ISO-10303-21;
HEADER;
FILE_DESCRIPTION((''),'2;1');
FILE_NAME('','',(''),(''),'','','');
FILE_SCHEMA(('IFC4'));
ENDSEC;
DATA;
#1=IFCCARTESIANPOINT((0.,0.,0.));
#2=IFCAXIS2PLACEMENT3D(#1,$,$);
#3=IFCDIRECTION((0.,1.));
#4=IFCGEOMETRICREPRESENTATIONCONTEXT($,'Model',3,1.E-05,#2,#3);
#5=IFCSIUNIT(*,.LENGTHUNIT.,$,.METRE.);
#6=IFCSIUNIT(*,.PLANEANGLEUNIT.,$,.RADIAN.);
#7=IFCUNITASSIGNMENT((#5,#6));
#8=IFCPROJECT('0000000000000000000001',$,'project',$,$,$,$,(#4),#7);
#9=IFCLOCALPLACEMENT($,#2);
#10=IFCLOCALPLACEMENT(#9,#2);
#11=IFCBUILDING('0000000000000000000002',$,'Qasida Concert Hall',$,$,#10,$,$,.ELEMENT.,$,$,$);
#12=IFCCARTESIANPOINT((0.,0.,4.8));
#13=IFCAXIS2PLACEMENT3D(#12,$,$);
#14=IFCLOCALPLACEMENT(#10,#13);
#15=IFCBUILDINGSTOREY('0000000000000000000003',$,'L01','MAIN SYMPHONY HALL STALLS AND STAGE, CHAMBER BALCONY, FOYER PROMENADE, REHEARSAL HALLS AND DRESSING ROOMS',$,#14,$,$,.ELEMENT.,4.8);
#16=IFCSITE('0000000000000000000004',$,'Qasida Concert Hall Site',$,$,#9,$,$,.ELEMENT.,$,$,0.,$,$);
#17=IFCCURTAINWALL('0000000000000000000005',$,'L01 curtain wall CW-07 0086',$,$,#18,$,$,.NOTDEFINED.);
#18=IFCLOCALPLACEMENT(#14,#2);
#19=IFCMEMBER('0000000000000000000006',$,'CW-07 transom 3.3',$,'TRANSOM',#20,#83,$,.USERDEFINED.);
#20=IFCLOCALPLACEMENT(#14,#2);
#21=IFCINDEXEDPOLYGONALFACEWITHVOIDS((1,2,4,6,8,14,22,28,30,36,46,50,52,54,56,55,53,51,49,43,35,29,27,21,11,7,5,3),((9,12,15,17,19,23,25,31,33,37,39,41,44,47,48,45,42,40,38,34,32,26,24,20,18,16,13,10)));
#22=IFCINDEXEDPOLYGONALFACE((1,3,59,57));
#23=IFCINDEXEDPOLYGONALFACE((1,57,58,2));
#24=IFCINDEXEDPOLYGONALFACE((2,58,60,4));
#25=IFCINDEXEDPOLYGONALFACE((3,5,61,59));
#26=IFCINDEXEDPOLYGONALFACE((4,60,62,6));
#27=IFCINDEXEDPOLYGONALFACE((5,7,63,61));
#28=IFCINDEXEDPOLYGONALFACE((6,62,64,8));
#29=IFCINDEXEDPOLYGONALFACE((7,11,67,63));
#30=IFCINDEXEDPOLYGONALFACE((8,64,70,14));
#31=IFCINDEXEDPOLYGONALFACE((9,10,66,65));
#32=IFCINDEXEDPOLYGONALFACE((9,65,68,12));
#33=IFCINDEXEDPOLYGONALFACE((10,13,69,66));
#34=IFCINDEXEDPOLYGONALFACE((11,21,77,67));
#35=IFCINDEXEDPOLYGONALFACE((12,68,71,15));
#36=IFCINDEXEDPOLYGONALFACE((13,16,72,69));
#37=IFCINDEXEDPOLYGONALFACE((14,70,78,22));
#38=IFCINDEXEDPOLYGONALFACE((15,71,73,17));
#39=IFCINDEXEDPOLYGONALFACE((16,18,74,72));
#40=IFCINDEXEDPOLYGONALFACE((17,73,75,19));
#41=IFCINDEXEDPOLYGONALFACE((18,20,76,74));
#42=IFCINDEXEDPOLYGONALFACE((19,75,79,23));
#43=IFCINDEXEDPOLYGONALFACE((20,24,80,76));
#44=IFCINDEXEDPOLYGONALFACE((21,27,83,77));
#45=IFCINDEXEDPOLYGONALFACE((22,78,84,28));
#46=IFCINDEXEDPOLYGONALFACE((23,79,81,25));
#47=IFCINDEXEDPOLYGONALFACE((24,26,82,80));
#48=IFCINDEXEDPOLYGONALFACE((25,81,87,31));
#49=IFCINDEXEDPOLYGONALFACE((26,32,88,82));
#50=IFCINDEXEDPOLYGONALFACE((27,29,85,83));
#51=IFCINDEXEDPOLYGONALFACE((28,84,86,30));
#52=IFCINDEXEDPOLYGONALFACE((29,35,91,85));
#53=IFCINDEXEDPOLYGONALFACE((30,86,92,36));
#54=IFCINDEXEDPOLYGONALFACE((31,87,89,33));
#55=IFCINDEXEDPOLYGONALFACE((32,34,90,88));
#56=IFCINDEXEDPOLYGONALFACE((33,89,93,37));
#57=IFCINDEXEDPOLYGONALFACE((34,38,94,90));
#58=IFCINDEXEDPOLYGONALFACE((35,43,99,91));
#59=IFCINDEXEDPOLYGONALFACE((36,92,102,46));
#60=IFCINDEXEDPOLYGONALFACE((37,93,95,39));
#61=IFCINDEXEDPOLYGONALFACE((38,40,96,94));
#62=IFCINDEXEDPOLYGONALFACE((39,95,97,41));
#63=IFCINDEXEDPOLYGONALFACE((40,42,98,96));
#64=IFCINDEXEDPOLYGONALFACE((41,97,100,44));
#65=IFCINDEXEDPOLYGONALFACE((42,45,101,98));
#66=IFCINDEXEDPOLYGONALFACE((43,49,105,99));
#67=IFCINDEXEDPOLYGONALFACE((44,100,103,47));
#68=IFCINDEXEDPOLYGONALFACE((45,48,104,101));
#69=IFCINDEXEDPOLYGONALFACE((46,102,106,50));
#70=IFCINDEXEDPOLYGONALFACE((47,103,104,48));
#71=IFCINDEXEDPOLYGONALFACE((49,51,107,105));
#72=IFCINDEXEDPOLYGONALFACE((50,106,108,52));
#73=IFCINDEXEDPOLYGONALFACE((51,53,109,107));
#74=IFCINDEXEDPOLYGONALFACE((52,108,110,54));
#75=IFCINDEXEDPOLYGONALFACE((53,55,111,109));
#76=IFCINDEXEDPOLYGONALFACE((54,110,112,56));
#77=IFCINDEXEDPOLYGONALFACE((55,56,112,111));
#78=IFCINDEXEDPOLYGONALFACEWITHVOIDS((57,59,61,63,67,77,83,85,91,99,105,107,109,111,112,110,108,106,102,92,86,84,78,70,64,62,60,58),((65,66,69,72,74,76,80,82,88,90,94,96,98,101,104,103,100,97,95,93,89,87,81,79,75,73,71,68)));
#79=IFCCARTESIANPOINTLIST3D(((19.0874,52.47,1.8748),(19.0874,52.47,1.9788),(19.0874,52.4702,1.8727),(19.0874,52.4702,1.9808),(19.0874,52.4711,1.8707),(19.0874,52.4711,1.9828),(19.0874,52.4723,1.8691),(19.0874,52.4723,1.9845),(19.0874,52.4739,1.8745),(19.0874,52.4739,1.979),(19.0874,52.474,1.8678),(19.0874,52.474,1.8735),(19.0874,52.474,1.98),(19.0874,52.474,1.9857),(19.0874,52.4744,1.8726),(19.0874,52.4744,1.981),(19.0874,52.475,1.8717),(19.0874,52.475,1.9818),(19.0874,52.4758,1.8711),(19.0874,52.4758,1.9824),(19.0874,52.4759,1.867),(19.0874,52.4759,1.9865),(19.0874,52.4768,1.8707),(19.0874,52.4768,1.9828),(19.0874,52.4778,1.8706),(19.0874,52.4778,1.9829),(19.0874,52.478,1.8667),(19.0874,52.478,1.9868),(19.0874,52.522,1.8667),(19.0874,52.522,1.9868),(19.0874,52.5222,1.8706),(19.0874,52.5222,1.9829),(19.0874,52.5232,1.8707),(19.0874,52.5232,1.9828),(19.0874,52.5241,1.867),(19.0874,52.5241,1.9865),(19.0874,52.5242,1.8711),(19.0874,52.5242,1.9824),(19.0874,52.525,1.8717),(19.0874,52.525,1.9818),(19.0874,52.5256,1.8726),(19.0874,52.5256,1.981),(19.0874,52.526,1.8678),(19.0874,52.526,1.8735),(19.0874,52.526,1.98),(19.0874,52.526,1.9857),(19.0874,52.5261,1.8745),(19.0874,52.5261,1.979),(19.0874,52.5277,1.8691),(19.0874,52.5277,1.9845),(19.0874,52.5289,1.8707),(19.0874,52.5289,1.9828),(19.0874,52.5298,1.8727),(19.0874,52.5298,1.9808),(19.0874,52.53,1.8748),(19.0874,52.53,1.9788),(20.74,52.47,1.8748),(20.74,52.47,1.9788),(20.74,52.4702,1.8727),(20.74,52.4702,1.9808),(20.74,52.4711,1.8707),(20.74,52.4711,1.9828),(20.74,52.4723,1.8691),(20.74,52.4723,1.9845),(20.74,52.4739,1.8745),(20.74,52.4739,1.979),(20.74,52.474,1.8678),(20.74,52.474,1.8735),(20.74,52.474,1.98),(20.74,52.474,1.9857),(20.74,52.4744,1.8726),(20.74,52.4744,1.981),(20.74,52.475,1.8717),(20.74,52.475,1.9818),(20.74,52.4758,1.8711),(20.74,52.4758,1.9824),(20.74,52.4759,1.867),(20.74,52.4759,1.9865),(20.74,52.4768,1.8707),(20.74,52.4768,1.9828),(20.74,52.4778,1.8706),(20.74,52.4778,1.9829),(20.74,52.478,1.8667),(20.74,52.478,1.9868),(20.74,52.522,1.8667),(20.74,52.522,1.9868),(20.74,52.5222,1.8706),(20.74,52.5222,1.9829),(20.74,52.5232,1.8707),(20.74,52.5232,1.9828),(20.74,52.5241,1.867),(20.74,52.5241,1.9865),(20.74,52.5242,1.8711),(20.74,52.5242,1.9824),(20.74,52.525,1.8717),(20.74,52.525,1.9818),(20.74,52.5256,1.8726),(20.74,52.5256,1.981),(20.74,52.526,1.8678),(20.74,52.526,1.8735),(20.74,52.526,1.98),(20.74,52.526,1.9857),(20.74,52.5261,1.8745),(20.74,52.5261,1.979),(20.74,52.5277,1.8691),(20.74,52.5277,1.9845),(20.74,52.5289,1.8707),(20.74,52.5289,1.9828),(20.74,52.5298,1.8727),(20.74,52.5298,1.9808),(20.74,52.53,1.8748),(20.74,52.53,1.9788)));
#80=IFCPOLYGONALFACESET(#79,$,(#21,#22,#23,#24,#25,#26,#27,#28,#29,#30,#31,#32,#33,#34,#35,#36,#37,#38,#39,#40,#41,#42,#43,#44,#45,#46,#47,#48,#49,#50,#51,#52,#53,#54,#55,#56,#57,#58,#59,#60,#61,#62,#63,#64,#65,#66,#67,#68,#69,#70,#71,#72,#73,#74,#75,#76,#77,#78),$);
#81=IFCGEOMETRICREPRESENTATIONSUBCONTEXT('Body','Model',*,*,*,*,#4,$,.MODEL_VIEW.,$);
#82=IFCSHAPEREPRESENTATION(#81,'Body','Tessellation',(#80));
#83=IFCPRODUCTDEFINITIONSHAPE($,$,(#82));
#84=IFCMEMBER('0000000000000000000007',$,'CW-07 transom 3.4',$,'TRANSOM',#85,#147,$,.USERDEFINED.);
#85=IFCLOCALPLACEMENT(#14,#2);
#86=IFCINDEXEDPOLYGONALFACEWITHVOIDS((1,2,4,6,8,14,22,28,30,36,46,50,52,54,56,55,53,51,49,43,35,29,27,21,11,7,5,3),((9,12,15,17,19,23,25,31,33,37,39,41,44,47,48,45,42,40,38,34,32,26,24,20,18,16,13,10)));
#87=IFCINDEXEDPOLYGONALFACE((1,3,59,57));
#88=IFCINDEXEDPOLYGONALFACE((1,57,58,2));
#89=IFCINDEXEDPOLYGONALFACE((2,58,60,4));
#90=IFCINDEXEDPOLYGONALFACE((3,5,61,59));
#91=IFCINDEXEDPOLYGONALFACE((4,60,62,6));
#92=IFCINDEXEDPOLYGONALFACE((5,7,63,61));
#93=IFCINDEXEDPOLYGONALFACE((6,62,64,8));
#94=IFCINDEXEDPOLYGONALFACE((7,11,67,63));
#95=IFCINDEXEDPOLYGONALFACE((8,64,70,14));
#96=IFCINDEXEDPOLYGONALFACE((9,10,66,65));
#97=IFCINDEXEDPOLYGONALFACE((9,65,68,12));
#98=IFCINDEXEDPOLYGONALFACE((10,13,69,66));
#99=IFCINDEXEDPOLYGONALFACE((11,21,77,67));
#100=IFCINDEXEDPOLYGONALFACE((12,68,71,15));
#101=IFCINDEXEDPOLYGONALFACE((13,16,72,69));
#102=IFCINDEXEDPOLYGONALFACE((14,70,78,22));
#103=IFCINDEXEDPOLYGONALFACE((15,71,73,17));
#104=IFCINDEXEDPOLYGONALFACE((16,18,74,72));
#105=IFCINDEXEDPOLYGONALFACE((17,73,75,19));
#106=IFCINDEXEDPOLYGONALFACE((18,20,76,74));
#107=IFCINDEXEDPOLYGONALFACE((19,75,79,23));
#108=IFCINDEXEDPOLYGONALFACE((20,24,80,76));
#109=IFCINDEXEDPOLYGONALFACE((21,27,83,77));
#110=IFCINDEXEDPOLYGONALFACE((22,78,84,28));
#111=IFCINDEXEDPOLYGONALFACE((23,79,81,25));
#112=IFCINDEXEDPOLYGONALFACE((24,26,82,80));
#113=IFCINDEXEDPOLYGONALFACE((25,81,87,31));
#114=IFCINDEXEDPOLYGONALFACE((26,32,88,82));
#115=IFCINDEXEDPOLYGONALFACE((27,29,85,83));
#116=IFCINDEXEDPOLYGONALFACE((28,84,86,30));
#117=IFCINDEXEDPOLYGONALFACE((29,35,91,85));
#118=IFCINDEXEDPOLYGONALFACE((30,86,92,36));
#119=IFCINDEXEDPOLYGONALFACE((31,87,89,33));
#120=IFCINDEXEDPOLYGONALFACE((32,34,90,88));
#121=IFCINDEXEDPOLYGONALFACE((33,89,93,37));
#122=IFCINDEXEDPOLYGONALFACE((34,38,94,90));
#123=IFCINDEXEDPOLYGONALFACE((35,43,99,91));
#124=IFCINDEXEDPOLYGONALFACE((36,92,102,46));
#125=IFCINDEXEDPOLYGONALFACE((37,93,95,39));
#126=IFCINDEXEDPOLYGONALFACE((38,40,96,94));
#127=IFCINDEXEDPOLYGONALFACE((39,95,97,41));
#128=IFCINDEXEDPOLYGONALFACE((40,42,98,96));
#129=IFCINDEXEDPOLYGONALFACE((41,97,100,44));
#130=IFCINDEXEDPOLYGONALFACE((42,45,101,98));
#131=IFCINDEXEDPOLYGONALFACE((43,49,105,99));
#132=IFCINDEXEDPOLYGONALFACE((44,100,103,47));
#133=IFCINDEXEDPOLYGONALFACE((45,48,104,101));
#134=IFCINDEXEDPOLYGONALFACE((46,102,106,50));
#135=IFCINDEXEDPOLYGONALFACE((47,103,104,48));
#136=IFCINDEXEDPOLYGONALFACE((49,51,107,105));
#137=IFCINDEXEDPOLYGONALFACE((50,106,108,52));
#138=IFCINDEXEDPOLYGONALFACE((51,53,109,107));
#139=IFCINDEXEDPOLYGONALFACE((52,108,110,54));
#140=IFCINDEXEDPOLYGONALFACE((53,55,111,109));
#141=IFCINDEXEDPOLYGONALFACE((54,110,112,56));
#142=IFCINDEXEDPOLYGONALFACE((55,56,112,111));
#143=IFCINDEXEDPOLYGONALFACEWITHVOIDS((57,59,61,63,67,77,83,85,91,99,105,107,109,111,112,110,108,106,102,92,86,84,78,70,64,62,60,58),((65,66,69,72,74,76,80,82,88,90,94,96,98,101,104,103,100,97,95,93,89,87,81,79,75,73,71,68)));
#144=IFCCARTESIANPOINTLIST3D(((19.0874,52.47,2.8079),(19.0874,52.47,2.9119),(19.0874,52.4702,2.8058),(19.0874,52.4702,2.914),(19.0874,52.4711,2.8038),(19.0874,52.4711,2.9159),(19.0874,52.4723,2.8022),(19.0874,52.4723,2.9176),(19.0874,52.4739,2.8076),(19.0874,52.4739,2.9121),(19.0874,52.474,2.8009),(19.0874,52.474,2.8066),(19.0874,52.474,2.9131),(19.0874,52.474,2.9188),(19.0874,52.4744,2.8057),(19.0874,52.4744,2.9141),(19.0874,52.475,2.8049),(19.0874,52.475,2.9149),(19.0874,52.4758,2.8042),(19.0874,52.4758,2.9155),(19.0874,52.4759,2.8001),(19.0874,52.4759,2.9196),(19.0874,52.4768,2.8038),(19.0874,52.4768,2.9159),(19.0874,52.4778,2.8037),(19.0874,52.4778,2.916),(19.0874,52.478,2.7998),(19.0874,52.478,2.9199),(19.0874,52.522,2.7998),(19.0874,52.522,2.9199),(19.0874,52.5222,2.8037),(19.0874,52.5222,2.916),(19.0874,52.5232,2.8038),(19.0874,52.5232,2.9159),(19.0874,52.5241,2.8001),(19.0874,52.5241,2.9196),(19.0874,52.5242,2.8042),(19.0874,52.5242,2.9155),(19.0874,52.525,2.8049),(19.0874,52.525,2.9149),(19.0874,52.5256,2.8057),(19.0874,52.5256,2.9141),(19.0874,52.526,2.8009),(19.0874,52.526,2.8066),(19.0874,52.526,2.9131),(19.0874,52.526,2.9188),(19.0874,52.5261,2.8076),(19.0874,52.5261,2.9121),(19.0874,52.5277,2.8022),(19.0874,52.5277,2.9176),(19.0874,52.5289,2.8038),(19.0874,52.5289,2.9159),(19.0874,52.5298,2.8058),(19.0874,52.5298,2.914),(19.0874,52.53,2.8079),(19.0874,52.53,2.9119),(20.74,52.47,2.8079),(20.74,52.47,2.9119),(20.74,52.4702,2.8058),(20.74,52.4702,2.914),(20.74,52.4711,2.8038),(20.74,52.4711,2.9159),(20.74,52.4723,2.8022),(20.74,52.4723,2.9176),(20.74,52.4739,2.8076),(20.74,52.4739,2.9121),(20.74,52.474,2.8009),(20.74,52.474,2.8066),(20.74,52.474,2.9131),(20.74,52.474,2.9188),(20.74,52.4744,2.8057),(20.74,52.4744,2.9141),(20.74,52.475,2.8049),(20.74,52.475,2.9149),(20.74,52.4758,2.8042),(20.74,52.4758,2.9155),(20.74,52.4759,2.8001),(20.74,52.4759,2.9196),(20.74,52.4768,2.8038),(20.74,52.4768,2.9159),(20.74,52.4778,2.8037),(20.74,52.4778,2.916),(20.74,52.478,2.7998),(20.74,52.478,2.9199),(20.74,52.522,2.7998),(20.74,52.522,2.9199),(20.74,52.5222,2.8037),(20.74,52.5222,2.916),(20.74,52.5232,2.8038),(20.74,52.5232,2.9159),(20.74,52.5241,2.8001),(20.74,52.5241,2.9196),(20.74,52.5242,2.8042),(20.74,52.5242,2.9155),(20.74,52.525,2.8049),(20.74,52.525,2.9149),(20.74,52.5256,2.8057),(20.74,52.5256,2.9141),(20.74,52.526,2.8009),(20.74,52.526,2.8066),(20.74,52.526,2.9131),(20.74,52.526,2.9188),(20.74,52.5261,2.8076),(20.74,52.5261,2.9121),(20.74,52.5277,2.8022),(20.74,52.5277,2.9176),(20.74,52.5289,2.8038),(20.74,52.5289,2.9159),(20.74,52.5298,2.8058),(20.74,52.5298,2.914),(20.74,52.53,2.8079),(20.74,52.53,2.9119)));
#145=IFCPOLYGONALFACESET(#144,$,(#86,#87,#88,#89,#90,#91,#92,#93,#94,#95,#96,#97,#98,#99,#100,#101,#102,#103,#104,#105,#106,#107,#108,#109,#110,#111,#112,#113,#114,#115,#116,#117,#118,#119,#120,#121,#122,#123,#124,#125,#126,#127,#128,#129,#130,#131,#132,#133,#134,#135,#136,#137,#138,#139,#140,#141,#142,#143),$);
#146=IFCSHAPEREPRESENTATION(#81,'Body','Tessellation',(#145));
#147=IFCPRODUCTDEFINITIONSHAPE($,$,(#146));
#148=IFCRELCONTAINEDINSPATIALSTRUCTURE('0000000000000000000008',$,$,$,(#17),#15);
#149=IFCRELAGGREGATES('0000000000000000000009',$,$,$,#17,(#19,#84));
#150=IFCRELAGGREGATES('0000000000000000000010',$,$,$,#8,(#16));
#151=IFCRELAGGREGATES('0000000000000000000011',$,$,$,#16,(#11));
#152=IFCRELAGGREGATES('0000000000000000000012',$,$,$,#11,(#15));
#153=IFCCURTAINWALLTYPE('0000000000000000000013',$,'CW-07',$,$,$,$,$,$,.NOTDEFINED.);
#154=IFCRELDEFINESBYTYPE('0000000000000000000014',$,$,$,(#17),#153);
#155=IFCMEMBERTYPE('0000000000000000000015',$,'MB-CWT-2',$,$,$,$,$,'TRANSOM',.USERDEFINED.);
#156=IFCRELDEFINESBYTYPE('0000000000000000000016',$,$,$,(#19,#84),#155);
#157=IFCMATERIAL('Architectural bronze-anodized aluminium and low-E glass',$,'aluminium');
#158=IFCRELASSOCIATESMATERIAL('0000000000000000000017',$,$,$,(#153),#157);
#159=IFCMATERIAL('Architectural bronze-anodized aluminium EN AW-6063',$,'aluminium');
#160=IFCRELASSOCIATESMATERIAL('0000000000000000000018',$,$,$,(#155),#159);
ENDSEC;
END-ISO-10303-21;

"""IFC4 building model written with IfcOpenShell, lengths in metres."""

from ifc_helpers import new_model, si_unit, direction, frame, origin, origin_2d, place, context, subcontext, project, spatial, hollow_rectangle, extrude, material, material_profile, profile_set, type_object, element, aggregate, save


model = new_model("IFC4")

# Units and contexts
model_context = context("Model", 3, precision=1e-05, world=origin(), true_north=direction((0.0, 1.0)))
body_context = subcontext(model_context, "Body", "Model", "MODEL_VIEW")
ifc_project = project(units=[si_unit("LENGTHUNIT", "METRE"), si_unit("PLANEANGLEUNIT", "RADIAN")], contexts=[model_context])

# Site, building, storey
site_placement = place(None, origin())
site = spatial("IfcSite", under=ifc_project, at=site_placement, Name="Qasida Concert Hall Site", CompositionType="ELEMENT", RefElevation=0.0)
building_placement = place(site_placement, origin())
building = spatial("IfcBuilding", under=site, at=building_placement, Name="Qasida Concert Hall", CompositionType="ELEMENT")
storey_placement = place(building_placement, frame((0.0, 0.0, 4.8)))
storey = spatial("IfcBuildingStorey", under=building, at=storey_placement, Name="L01", Description="MAIN SYMPHONY HALL STALLS AND STAGE, CHAMBER BALCONY, FOYER PROMENADE, REHEARSAL HALLS AND DRESSING ROOMS", CompositionType="ELEMENT", Elevation=4.8)

# Curtain wall
ifc_material_1 = material(Name="Architectural bronze-anodized aluminium and low-E glass", Category="aluminium")
curtain_wall_type = type_object("IfcCurtainWallType", Name="CW-07", PredefinedType="NOTDEFINED", material=ifc_material_1)
curtain_wall_1_placement = place(storey_placement, origin())
curtain_wall_1 = element("IfcCurtainWall", 1, at=curtain_wall_1_placement, inside=storey, type_object=curtain_wall_type, Name="L01 curtain wall CW-07 0086", PredefinedType="NOTDEFINED")
ifc_material_2 = material(Name="Architectural bronze-anodized aluminium EN AW-6063", Category="aluminium")

# Members
ifc_material_profile_1 = material_profile(ifc_material_2, hollow_rectangle(XDim=0.0601, YDim=0.1201, WallThickness=0.0039, InnerFilletRadius=0.0039, OuterFilletRadius=0.0081, at=origin_2d()), Name="CWT 120x60x4")
ifc_profile_set_1 = profile_set([ifc_material_profile_1], Name="Architectural bronze-anodized aluminium EN AW-6063")
member_type_1 = type_object("IfcMemberType", Name="MB-CWT-2", ElementType="TRANSOM", PredefinedType="USERDEFINED", material=ifc_profile_set_1)
member_1_placement = place(storey_placement, frame((19.0874, 52.5, 1.9268), z_axis=(1.0, 0.0, 0.0), x_axis=(0.0, 1.0, 0.0)))
member_1 = element("IfcMember", 2, at=member_1_placement, type_object=member_type_1, Name="CW-07 transom 3.3", ObjectType="TRANSOM", PredefinedType="USERDEFINED", context=body_context, shape_type="SweptSolid", body=[
    extrude(hollow_rectangle(XDim=0.0601, YDim=0.1201, WallThickness=0.0039, InnerFilletRadius=0.0039, OuterFilletRadius=0.0081, at=origin_2d()), origin(), (0.0, 0.0, 1.0), 1.6526),
])
member_2_placement = place(storey_placement, frame((19.0874, 52.5, 2.8599), z_axis=(1.0, 0.0, 0.0), x_axis=(0.0, 1.0, 0.0)))
member_2 = element("IfcMember", 3, at=member_2_placement, type_object=member_type_1, Name="CW-07 transom 3.4", ObjectType="TRANSOM", PredefinedType="USERDEFINED", context=body_context, shape_type="SweptSolid", body=[
    extrude(hollow_rectangle(XDim=0.0601, YDim=0.1201, WallThickness=0.0039, InnerFilletRadius=0.0039, OuterFilletRadius=0.0081, at=origin_2d()), origin(), (0.0, 0.0, 1.0), 1.6526),
])

aggregate(curtain_wall_1, [member_1, member_2])

save(model, "model.ifc")
